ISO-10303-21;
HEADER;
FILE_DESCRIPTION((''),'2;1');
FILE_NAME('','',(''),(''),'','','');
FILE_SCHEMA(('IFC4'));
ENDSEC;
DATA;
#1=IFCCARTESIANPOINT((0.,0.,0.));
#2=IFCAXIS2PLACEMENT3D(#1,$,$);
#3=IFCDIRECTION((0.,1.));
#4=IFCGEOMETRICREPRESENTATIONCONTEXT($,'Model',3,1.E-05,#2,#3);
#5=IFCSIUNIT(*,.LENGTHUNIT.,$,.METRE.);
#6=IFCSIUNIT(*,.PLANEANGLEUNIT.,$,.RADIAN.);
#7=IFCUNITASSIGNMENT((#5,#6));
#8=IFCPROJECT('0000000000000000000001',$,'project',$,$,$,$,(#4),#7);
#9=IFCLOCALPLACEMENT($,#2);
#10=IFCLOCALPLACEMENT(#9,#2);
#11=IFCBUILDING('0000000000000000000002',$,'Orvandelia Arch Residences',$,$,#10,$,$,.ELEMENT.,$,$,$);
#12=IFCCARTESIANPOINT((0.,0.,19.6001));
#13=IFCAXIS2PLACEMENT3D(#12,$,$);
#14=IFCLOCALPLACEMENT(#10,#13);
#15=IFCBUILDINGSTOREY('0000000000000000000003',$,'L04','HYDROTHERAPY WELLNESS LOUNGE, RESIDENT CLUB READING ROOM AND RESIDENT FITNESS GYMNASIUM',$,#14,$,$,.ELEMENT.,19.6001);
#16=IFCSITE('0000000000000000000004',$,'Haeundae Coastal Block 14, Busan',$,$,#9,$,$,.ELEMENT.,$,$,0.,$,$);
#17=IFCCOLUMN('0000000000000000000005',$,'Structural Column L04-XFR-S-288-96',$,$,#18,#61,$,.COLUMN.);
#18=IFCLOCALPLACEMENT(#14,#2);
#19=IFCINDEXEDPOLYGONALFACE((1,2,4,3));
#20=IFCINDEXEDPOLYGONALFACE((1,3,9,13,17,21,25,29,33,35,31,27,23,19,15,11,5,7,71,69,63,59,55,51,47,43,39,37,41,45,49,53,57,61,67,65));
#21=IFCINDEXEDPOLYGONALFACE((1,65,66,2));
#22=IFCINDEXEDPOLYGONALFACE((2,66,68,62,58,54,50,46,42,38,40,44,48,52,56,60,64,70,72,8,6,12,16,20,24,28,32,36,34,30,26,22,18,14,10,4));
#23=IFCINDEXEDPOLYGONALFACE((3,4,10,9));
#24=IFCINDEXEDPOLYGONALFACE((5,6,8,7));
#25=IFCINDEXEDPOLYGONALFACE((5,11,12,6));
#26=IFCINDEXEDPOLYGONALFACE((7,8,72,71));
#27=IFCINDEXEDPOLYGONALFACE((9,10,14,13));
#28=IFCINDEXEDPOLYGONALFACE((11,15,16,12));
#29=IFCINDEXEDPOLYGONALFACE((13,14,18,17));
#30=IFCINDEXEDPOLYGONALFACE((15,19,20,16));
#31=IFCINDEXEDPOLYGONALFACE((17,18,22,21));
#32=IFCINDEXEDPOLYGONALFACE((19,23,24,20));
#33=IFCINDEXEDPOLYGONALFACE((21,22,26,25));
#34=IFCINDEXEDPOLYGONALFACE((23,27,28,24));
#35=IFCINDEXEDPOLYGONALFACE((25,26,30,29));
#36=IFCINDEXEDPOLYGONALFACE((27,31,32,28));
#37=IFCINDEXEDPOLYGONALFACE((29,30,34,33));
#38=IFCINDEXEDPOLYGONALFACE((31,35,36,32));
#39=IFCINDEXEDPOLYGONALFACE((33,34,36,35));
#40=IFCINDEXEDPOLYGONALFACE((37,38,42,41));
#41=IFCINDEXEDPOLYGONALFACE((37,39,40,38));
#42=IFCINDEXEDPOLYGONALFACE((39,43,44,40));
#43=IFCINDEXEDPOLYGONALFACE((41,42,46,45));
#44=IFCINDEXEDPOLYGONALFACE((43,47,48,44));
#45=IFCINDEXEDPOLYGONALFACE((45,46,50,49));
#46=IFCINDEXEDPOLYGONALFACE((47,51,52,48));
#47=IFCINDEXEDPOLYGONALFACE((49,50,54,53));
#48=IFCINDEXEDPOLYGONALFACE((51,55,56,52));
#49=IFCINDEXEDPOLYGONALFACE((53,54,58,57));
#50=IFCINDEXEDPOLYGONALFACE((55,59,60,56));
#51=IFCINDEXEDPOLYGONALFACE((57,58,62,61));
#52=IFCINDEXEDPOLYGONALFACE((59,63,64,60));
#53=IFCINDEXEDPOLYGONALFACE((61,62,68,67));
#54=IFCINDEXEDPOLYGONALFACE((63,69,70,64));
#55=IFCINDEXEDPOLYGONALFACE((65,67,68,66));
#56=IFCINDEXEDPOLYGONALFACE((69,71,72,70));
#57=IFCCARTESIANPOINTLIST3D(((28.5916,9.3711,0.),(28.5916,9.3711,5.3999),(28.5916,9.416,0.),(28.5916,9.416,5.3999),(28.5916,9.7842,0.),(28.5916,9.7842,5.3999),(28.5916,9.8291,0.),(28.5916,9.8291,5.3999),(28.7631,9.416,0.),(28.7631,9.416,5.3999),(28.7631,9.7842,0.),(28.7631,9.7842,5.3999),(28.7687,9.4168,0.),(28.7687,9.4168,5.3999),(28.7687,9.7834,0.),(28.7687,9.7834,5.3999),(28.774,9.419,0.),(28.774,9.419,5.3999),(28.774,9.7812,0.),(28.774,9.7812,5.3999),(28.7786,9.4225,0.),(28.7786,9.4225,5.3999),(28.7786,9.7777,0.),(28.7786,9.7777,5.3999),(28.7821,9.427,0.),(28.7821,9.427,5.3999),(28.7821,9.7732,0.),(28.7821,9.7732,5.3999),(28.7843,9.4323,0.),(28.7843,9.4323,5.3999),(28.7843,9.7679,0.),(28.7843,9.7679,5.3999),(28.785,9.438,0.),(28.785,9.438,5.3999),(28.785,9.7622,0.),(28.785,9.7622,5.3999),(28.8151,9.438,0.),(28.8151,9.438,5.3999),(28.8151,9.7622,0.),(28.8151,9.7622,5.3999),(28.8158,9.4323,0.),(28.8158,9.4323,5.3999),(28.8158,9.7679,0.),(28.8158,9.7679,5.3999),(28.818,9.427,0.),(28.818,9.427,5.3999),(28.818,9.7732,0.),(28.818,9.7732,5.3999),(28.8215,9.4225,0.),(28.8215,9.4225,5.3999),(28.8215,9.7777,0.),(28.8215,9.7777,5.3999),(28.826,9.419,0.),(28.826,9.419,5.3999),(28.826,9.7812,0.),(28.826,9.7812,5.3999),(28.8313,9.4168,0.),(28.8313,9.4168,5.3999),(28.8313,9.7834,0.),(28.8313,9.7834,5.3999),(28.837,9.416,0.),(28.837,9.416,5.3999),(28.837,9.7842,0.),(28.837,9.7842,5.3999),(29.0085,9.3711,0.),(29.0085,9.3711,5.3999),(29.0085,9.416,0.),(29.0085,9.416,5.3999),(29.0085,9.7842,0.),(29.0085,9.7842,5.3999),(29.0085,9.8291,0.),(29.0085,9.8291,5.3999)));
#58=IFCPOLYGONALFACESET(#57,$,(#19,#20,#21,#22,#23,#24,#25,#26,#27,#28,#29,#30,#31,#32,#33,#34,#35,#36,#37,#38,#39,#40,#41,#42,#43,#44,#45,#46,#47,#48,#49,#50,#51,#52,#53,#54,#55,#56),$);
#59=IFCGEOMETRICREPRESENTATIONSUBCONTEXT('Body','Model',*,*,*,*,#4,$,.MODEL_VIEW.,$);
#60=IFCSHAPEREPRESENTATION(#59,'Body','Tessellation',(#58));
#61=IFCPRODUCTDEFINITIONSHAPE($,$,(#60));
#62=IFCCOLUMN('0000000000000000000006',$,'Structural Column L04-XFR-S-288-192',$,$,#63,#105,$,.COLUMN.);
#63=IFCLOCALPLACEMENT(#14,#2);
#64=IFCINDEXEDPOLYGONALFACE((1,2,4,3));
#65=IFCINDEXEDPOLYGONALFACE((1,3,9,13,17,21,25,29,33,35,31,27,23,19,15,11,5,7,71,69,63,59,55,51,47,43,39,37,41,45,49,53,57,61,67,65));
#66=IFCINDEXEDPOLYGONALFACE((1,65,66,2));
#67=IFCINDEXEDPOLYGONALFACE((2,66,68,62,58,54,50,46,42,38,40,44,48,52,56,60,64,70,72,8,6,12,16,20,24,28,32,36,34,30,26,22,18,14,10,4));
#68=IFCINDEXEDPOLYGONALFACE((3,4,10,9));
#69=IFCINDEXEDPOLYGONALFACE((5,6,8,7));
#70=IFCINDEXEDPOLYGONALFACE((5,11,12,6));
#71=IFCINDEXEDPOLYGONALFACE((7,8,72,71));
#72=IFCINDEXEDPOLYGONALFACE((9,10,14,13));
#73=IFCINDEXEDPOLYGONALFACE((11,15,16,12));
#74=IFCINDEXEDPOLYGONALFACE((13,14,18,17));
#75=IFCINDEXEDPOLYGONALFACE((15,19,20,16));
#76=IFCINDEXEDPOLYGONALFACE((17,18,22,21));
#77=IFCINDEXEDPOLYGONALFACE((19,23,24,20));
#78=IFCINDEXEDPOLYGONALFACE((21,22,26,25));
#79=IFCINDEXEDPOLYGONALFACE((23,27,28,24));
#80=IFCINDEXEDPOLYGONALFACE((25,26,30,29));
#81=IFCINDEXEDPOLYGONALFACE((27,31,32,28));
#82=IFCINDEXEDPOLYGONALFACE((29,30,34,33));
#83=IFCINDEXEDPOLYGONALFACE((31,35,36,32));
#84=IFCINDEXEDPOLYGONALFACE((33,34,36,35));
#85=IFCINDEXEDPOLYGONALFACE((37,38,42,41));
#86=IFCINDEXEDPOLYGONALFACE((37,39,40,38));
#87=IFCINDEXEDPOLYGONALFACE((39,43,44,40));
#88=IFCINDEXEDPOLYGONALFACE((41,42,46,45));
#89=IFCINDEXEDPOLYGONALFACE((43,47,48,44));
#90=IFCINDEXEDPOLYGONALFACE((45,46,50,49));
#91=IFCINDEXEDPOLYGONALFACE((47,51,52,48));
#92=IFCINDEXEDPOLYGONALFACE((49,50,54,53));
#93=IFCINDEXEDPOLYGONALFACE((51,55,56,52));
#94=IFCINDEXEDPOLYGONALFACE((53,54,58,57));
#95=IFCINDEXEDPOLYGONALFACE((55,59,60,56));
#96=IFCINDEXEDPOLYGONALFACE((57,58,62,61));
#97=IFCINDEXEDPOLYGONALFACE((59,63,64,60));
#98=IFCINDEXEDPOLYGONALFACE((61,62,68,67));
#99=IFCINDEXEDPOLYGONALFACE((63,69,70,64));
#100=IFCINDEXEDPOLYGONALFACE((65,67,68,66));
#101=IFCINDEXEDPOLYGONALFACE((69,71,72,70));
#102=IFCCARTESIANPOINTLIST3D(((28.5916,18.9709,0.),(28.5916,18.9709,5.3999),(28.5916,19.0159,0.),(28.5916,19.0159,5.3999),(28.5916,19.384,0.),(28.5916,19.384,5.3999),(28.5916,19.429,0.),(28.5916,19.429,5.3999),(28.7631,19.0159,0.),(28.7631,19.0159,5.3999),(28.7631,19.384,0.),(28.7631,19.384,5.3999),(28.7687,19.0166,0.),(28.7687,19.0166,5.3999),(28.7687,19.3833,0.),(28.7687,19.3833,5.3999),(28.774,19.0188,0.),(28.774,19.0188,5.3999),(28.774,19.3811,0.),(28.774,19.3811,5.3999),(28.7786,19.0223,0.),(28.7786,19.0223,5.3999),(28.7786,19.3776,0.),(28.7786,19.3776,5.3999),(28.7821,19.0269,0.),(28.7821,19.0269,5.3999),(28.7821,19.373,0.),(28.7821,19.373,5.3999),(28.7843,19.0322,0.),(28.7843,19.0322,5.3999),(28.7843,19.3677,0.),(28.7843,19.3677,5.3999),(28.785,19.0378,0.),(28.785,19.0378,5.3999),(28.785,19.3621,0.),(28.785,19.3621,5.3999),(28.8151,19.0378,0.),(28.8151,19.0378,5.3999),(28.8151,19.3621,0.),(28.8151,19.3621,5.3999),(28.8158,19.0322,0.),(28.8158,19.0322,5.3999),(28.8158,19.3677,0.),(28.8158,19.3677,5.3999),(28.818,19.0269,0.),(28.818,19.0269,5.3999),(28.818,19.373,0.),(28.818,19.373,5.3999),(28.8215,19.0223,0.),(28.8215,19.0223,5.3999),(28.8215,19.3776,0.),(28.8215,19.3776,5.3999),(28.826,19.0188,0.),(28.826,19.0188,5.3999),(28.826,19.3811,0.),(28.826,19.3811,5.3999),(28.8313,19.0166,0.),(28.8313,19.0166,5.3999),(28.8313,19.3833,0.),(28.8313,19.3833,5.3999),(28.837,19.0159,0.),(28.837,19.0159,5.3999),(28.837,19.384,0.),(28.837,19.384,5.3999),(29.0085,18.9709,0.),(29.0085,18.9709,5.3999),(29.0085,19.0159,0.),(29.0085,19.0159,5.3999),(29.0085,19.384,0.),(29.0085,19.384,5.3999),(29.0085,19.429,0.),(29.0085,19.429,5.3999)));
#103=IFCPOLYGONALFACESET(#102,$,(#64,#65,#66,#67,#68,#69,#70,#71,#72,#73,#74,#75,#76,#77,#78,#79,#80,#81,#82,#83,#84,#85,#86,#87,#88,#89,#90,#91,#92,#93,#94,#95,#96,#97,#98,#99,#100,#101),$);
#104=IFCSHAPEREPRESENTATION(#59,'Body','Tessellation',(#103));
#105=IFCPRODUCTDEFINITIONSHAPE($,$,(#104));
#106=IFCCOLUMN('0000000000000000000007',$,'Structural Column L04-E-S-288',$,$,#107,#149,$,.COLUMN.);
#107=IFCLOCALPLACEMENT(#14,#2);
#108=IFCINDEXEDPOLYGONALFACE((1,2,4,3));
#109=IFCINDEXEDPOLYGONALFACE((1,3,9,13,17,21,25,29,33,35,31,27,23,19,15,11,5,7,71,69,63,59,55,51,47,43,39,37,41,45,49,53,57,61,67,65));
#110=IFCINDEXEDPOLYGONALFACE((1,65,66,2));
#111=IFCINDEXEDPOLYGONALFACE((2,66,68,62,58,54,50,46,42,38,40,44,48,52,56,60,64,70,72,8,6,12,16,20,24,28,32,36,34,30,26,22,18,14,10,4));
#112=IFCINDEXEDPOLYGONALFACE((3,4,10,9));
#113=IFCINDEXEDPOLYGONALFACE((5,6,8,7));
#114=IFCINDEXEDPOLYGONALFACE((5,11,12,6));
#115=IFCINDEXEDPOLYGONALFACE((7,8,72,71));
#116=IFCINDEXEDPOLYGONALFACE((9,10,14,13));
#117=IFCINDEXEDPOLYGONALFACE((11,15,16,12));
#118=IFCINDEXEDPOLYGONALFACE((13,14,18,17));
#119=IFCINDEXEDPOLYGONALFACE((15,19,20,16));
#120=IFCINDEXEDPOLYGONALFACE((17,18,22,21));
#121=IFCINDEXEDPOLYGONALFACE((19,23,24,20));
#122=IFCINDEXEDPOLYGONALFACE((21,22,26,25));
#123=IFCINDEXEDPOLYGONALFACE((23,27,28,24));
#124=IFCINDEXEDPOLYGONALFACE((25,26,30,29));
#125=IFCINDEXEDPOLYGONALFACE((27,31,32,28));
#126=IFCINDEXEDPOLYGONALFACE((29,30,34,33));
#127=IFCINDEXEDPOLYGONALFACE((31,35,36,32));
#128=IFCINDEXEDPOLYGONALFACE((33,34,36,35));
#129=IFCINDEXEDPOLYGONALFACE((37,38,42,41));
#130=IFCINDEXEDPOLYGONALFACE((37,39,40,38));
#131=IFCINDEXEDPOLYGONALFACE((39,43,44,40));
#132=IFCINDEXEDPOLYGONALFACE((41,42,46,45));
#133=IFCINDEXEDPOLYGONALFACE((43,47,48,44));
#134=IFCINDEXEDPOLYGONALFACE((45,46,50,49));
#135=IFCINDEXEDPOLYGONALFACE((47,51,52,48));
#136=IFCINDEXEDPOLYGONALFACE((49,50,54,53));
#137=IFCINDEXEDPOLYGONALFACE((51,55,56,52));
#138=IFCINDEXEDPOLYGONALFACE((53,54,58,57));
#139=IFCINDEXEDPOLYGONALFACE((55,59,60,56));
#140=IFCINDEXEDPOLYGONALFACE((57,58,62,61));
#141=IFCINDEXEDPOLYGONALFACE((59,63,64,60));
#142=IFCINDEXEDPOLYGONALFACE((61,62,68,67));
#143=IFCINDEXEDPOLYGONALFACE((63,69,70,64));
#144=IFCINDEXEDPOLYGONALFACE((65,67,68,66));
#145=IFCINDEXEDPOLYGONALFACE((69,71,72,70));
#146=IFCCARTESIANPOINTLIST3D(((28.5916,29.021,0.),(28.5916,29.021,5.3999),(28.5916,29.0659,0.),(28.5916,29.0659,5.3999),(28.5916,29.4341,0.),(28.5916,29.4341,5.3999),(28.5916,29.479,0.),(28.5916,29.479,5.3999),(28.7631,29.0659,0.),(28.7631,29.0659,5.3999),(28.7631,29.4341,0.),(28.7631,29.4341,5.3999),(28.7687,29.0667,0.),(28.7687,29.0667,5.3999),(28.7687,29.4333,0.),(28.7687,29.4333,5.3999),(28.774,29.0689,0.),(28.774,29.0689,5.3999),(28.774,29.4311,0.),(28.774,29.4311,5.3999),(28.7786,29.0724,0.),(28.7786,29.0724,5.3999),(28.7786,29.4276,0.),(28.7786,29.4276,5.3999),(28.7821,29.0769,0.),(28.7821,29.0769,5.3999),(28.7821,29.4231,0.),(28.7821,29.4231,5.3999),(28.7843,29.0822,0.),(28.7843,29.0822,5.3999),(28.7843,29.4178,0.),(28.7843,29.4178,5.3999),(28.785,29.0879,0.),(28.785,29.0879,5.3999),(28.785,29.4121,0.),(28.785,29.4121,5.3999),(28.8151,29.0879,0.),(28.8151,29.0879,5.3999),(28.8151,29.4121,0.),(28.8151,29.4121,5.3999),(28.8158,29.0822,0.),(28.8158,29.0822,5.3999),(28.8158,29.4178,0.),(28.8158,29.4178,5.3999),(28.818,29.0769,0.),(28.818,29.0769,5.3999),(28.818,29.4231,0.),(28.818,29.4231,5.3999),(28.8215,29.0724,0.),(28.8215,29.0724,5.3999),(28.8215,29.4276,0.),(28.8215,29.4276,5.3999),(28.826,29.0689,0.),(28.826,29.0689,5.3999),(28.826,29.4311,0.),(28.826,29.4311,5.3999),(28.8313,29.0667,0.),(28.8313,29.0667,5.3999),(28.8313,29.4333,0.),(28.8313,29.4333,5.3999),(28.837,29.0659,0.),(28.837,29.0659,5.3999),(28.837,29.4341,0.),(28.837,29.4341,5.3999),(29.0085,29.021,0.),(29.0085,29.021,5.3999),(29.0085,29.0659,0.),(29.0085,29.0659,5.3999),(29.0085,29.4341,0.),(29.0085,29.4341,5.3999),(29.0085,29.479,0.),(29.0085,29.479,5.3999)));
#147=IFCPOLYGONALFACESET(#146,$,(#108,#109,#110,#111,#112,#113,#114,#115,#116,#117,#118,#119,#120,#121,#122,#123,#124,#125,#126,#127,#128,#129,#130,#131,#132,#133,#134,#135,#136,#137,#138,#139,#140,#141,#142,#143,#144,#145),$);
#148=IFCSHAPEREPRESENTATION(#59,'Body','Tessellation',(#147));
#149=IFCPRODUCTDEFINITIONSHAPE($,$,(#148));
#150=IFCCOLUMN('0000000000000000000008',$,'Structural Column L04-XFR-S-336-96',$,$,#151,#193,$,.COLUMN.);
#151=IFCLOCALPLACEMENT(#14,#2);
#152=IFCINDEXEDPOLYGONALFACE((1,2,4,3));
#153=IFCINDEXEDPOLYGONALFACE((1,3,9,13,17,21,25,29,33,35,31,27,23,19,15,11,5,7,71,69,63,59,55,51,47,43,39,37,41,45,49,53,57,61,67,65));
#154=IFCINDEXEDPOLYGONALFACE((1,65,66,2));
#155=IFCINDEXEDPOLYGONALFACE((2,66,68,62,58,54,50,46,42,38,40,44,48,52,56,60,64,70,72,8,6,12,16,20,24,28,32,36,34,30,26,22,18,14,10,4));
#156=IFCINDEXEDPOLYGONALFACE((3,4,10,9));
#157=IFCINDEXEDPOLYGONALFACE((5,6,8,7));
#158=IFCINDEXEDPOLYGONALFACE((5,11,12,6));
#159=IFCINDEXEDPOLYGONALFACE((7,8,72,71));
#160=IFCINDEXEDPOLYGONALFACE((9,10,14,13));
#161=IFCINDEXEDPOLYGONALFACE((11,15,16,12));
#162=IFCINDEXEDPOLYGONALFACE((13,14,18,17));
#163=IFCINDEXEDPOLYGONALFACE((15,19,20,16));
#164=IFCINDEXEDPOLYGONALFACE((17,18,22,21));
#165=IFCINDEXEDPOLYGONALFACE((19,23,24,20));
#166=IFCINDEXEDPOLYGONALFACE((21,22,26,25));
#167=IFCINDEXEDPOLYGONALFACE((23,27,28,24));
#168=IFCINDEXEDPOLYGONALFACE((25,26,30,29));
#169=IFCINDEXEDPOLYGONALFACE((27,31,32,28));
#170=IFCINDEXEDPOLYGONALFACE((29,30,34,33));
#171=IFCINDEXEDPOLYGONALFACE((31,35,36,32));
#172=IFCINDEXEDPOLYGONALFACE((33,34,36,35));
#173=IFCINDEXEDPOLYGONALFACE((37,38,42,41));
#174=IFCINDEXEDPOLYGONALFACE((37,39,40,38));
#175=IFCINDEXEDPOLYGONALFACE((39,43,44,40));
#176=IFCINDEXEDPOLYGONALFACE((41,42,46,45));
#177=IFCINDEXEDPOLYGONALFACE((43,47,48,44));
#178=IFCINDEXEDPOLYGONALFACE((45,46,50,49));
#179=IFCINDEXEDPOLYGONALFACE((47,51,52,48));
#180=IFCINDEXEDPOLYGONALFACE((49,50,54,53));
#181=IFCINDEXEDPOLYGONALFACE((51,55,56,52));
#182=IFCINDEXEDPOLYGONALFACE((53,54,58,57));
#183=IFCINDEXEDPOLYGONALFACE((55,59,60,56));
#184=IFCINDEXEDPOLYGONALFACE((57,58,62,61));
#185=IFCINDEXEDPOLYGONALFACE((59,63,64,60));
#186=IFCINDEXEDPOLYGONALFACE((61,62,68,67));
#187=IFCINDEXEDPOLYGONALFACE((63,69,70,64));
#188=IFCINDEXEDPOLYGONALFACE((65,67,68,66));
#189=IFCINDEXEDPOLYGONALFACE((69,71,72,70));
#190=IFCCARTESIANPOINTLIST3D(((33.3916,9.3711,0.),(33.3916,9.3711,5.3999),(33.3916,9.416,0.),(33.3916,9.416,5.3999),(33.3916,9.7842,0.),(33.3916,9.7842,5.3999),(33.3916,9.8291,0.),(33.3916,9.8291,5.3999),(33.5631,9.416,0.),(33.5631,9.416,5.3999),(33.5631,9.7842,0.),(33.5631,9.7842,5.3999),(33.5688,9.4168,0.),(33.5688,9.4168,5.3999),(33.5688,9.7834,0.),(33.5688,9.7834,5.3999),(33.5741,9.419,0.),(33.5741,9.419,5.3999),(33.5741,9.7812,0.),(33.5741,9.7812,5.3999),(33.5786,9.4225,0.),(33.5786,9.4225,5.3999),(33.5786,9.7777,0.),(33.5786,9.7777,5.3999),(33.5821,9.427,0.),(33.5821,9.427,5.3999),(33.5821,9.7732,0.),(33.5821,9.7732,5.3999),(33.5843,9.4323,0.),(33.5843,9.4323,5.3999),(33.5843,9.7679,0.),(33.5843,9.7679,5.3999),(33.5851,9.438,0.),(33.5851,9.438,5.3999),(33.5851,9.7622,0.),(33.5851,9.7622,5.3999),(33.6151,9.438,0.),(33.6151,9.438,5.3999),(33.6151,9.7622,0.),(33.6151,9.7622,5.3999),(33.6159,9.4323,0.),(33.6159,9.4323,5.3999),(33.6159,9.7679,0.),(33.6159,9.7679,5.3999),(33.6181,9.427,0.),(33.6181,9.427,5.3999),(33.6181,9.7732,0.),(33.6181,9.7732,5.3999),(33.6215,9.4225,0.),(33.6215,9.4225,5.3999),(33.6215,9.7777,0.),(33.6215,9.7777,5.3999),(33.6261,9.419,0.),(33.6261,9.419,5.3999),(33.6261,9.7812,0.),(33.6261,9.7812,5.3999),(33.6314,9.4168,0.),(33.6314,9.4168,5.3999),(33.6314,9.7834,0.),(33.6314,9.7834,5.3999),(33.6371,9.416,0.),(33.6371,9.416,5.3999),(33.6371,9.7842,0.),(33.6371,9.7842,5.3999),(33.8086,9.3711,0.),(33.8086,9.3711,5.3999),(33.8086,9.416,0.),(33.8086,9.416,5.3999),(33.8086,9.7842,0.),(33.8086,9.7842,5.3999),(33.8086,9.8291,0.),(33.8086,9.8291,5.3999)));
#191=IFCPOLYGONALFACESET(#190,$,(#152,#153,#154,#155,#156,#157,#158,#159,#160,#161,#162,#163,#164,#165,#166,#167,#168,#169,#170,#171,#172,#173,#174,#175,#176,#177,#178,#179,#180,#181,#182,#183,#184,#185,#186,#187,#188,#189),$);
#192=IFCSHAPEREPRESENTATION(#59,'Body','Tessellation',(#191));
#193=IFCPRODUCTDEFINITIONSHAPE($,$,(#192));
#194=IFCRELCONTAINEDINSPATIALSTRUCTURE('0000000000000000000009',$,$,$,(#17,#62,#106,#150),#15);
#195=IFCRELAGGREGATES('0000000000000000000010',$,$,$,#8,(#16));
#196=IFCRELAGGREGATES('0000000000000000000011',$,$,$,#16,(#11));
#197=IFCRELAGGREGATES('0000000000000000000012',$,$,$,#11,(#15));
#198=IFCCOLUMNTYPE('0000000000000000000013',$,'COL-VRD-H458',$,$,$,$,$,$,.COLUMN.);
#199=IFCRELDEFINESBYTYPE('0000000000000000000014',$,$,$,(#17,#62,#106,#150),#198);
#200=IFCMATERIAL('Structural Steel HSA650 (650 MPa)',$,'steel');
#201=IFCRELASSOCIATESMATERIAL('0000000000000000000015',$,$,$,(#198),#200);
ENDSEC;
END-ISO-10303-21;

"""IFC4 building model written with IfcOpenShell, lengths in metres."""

from ifc_helpers import new_model, si_unit, direction, frame, origin, origin_2d, place, context, subcontext, project, spatial, i_section, extrude, material, material_profile, profile_set, type_object, element, save


model = new_model("IFC4")

# Units and contexts
model_context = context("Model", 3, precision=1e-05, world=origin(), true_north=direction((0.0, 1.0)))
body_context = subcontext(model_context, "Body", "Model", "MODEL_VIEW")
ifc_project = project(units=[si_unit("LENGTHUNIT", "METRE"), si_unit("PLANEANGLEUNIT", "RADIAN")], contexts=[model_context])

# Site, building, storey
site_placement = place(None, origin())
site = spatial("IfcSite", under=ifc_project, at=site_placement, Name="Haeundae Coastal Block 14, Busan", CompositionType="ELEMENT", RefElevation=0.0)
building_placement = place(site_placement, origin())
building = spatial("IfcBuilding", under=site, at=building_placement, Name="Orvandelia Arch Residences", CompositionType="ELEMENT")
storey_placement = place(building_placement, frame((0.0, 0.0, 19.6001)))
storey = spatial("IfcBuildingStorey", under=building, at=storey_placement, Name="L04", Description="HYDROTHERAPY WELLNESS LOUNGE, RESIDENT CLUB READING ROOM AND RESIDENT FITNESS GYMNASIUM", CompositionType="ELEMENT", Elevation=19.6001)

# Columns
ifc_material_1 = material(Name="Structural Steel HSA650 (650 MPa)", Category="steel")
ifc_material_profile_1 = material_profile(ifc_material_1, i_section(OverallWidth=0.417, OverallDepth=0.458, WebThickness=0.03, FlangeThickness=0.0449, FilletRadius=0.022, at=origin_2d()), Name="Structural Steel HSA650 (650 MPa)", Category="steel")
ifc_profile_set_1 = profile_set([ifc_material_profile_1], Name="Structural Steel HSA650 (650 MPa)")
column_type = type_object("IfcColumnType", Name="COL-VRD-H458", PredefinedType="COLUMN", material=ifc_profile_set_1)
for number, where, z_axis, x_axis, name in (
    (1, (28.8, 9.6001, 0.0), (0.0, 0.0, 1.0), (1.0, 0.0, 0.0), "Structural Column L04-XFR-S-288-96"),
    (2, (28.8, 19.2, 0.0), (0.0, 0.0, 1.0), (1.0, 0.0, 0.0), "Structural Column L04-XFR-S-288-192"),
    (3, (28.8, 29.25, 0.0), (0.0, 0.0, 1.0), (1.0, 0.0, 0.0), "Structural Column L04-E-S-288"),
    (4, (33.6001, 9.6001, 0.0), (0.0, 0.0, 1.0), (1.0, 0.0, 0.0), "Structural Column L04-XFR-S-336-96"),
):
    element("IfcColumn", number, at=place(storey_placement, frame(where, z_axis=z_axis, x_axis=x_axis)), inside=storey, type_object=column_type, Name=name, PredefinedType="COLUMN", context=body_context, shape_type="SweptSolid", body=[
        extrude(i_section(OverallWidth=0.417, OverallDepth=0.458, WebThickness=0.03, FlangeThickness=0.0449, FilletRadius=0.022, at=origin_2d()), origin(), (0.0, 0.0, 1.0), 5.3999),
    ])

save(model, "model.ifc")
